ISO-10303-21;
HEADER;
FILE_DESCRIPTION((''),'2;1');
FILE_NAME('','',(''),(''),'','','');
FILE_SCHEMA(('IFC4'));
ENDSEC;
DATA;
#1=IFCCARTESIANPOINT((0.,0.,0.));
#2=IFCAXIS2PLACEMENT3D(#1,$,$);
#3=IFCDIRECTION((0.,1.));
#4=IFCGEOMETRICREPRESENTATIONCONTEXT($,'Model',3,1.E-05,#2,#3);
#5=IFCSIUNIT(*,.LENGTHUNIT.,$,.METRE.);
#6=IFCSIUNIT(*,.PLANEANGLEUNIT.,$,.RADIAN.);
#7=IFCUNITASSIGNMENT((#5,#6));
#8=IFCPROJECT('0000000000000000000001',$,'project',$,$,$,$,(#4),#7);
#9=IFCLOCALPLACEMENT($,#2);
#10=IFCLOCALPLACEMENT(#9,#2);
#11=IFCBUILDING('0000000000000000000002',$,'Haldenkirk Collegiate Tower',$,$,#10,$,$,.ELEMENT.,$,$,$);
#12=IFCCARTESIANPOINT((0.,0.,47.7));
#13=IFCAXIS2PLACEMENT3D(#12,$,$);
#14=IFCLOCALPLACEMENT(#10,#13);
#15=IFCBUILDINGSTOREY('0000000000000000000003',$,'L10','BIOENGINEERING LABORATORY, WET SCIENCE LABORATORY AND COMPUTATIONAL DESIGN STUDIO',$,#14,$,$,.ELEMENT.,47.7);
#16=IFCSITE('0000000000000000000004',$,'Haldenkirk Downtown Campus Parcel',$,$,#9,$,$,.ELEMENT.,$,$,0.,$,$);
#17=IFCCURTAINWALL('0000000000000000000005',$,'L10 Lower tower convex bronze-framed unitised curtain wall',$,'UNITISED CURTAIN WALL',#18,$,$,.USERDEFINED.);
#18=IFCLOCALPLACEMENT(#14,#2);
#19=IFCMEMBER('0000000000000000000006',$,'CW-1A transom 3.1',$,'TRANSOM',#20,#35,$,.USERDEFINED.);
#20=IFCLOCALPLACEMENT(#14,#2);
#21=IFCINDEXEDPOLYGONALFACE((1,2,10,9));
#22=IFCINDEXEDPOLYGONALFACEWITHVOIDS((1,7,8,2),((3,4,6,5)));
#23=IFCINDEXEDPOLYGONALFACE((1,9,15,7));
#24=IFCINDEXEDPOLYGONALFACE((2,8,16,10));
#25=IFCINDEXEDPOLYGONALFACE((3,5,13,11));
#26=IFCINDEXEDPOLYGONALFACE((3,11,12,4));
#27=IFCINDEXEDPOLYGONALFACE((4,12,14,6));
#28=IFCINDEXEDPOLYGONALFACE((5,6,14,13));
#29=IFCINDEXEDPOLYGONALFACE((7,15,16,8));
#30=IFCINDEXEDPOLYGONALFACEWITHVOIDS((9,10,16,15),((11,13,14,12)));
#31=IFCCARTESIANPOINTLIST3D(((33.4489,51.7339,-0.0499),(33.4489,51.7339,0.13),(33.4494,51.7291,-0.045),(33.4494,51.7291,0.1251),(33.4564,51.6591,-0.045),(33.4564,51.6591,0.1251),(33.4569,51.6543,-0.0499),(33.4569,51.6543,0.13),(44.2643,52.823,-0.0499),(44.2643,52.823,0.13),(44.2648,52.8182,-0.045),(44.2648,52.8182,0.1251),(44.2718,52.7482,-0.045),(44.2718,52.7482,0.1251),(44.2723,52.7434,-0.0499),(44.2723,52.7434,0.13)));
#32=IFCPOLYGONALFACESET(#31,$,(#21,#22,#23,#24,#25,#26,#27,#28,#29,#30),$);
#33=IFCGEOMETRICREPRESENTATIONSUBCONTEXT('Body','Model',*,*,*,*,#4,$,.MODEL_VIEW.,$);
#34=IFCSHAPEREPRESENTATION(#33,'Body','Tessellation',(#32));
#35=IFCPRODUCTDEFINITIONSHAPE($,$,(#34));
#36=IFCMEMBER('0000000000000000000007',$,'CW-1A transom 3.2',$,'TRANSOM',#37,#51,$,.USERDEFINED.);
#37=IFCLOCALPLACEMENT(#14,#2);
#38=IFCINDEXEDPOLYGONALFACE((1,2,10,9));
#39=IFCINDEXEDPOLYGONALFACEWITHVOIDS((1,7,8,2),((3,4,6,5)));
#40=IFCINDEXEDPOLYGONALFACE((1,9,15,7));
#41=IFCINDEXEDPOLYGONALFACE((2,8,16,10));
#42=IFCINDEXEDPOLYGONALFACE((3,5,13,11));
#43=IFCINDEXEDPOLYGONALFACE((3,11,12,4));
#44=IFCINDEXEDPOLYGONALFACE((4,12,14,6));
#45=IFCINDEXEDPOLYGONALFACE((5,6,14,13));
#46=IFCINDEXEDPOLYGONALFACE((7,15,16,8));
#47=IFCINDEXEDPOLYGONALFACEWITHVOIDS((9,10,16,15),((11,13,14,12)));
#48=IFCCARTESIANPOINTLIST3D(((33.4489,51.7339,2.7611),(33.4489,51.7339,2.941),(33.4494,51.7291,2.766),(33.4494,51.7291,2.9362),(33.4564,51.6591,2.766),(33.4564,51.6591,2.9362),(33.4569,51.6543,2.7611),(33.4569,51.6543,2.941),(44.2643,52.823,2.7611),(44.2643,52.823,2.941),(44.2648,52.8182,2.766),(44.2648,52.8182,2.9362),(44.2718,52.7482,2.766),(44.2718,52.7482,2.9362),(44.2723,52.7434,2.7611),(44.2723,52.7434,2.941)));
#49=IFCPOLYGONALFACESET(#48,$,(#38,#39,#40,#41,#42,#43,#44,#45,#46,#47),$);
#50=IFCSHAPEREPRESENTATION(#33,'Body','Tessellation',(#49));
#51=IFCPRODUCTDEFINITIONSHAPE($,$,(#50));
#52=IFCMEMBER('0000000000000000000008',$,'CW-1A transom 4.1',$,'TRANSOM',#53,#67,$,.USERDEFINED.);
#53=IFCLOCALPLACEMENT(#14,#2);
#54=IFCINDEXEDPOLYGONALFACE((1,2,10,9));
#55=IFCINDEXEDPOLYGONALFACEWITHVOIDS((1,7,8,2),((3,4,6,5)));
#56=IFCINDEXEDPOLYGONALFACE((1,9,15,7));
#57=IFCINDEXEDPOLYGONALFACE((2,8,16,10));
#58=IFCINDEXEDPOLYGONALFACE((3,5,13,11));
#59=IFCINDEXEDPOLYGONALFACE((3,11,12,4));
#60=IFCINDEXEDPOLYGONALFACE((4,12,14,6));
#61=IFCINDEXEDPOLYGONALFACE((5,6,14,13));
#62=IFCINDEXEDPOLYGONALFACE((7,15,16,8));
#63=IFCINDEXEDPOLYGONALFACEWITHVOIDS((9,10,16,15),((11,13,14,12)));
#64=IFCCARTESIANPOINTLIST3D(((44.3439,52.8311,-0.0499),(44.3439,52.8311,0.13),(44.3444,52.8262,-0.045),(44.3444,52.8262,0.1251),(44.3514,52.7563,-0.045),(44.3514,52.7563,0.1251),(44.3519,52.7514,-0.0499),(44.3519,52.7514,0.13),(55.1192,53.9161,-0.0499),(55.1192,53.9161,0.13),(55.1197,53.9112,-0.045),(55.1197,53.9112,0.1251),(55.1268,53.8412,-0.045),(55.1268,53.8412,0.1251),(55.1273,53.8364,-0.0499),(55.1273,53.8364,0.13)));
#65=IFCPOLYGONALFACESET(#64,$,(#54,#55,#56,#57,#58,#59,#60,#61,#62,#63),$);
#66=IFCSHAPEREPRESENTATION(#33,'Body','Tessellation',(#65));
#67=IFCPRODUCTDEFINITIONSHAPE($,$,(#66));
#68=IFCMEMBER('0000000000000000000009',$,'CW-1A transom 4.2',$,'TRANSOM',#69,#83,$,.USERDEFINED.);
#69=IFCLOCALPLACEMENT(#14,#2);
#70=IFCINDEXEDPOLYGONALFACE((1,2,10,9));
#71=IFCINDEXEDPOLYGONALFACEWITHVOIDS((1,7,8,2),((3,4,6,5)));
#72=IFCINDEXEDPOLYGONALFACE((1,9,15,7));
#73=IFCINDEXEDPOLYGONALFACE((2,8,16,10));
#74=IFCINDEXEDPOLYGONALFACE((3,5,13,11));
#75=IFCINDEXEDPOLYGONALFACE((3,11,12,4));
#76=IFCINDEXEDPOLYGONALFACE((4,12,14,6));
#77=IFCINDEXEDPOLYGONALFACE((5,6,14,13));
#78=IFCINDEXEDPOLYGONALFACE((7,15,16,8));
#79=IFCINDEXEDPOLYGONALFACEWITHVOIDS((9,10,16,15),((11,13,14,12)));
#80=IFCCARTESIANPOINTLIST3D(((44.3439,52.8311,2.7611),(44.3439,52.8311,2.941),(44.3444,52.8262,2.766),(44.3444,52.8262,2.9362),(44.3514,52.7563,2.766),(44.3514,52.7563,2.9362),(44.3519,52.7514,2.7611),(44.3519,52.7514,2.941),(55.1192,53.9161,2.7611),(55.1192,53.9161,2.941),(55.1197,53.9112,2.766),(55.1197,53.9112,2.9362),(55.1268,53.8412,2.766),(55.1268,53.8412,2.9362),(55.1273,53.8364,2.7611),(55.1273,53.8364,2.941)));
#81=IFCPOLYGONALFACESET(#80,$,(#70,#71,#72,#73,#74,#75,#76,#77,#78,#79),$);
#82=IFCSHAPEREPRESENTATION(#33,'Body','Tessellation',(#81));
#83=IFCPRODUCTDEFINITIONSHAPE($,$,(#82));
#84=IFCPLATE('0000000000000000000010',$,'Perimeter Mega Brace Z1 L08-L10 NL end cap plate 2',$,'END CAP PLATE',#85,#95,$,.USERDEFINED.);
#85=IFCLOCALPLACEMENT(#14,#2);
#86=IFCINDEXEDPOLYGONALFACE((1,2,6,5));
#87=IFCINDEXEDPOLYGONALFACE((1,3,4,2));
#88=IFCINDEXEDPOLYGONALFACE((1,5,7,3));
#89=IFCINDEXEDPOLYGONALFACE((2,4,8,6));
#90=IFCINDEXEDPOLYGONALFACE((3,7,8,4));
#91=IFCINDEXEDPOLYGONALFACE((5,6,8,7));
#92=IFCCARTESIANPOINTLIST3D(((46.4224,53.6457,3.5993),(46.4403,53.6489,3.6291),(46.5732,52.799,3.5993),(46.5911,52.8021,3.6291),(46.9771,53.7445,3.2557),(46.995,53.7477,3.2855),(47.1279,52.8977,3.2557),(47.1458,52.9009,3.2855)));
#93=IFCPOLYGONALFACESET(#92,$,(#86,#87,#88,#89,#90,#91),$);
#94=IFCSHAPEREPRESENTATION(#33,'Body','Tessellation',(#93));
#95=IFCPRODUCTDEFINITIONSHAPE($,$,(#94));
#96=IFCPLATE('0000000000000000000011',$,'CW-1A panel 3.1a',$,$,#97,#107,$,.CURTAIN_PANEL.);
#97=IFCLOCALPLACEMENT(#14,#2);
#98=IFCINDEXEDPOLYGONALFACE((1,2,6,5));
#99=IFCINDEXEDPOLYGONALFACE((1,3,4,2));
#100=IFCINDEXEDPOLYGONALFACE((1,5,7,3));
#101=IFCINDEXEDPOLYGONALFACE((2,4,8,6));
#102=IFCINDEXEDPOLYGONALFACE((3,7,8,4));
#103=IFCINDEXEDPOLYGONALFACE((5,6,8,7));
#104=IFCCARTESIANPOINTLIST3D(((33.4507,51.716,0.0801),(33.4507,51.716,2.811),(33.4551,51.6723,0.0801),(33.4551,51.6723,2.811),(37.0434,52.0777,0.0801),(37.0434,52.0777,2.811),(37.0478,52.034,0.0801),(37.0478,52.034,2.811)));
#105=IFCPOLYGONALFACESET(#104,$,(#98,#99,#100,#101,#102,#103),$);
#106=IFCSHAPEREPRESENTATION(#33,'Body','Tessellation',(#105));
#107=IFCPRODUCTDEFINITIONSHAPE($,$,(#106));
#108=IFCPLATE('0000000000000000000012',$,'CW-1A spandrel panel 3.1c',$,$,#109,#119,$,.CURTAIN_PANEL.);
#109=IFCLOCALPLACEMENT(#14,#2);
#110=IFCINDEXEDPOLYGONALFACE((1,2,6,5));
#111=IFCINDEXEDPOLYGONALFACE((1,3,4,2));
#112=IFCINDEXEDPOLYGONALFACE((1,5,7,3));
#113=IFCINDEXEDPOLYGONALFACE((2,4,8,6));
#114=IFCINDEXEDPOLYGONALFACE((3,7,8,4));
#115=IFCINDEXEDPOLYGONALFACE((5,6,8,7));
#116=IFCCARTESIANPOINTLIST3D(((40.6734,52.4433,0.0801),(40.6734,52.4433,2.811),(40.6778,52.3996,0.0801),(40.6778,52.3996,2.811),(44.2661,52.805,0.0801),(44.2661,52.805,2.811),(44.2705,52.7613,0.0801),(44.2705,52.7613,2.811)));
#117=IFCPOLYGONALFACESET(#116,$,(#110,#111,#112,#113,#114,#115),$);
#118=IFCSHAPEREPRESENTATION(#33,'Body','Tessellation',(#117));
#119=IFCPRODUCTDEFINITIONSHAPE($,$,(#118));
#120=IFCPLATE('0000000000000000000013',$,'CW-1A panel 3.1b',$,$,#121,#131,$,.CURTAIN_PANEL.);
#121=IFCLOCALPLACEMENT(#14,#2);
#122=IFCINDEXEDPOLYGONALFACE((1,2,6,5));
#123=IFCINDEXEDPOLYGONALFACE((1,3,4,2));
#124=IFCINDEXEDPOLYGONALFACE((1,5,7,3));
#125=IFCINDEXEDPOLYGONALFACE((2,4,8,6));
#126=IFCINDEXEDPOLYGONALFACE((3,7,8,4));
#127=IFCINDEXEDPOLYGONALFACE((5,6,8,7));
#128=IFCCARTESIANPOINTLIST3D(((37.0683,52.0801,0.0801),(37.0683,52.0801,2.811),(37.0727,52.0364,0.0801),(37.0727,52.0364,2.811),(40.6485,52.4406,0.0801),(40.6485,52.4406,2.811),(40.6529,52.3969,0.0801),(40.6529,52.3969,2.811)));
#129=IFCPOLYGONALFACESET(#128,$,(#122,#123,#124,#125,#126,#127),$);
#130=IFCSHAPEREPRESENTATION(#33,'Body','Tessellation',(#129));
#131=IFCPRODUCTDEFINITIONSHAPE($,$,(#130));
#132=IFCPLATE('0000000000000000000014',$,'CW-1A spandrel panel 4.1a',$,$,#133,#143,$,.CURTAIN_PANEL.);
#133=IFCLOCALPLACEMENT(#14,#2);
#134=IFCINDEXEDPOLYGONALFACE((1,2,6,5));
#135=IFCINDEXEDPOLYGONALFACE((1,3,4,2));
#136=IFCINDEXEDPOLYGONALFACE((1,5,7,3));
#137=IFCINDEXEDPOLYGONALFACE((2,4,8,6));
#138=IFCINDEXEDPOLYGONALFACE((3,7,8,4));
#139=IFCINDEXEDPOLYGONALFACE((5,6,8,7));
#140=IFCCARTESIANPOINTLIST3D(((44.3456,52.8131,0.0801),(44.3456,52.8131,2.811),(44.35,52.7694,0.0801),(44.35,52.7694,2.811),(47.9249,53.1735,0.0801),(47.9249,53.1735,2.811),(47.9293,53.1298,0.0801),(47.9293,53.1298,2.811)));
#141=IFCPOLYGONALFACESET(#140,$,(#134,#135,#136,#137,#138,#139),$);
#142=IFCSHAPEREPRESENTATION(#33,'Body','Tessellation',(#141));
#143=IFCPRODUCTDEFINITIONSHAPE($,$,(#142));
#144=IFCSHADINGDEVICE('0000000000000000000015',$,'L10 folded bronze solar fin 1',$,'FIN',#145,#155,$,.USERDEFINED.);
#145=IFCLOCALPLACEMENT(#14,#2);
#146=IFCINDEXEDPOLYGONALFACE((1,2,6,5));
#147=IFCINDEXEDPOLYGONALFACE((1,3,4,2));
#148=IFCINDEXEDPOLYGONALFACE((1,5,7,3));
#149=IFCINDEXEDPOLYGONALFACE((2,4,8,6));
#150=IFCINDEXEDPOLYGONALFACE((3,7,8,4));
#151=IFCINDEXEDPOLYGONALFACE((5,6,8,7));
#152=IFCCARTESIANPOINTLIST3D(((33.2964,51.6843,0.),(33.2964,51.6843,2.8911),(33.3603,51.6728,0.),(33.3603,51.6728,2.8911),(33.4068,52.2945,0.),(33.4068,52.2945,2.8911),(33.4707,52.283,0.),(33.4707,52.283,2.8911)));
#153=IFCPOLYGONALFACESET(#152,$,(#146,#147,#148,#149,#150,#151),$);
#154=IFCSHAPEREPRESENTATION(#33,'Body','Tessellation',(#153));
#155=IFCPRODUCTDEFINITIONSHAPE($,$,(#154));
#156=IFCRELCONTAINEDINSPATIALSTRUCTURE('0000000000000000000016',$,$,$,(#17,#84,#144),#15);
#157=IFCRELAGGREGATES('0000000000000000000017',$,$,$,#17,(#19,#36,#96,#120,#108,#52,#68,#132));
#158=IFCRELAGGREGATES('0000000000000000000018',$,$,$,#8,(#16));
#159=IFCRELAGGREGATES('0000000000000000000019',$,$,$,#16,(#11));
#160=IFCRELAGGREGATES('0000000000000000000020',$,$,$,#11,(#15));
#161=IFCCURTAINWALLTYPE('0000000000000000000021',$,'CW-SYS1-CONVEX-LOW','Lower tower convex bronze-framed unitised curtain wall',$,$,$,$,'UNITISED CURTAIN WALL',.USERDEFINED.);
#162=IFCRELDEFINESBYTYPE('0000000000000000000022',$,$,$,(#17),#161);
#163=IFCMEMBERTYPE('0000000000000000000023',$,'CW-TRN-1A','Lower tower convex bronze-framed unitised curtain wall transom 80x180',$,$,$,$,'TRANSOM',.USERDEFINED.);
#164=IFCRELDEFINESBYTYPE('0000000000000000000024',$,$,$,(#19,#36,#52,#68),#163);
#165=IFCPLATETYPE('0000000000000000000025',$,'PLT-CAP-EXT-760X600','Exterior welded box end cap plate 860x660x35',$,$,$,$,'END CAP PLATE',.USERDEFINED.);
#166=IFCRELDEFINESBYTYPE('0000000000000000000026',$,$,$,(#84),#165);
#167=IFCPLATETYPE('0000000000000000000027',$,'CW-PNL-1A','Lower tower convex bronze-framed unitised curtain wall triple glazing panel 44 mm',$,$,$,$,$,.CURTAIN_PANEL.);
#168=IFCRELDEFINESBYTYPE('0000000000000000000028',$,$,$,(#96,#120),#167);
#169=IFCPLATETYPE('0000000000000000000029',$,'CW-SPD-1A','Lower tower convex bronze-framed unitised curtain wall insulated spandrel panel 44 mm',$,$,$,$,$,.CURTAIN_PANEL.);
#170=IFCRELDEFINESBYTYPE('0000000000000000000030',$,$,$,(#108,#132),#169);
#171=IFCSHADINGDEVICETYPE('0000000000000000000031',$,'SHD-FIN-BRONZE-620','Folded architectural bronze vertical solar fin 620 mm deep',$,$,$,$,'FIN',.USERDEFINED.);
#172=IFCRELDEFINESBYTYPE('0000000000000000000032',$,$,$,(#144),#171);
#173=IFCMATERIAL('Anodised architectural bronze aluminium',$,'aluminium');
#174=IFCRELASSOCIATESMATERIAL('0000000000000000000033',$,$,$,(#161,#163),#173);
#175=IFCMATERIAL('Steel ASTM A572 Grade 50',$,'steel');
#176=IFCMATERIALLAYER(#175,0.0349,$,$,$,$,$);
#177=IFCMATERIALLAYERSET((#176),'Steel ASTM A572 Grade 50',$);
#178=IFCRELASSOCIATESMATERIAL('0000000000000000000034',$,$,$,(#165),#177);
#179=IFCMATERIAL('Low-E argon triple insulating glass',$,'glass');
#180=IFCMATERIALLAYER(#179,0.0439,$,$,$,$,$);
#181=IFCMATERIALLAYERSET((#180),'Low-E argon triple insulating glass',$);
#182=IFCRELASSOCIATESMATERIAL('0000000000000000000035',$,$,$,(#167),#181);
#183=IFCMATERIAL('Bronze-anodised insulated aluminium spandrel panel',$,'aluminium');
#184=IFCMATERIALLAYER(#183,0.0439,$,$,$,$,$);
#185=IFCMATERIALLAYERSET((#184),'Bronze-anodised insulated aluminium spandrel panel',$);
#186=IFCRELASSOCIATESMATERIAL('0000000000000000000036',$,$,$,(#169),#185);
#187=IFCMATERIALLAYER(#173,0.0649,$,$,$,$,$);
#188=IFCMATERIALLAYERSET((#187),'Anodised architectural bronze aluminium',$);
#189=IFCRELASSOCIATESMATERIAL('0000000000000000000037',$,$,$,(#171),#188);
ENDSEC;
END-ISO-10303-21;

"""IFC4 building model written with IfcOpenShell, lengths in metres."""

from ifc_helpers import new_model, si_unit, direction, frame, origin, origin_2d, place, context, subcontext, project, spatial, rectangle, hollow_rectangle, extrude, source, transform, mapped, material, layer, layer_set, material_profile, profile_set, type_object, element, aggregate, save


model = new_model("IFC4")

# Units and contexts
model_context = context("Model", 3, precision=1e-05, world=origin(), true_north=direction((0.0, 1.0)))
body_context = subcontext(model_context, "Body", "Model", "MODEL_VIEW")
ifc_project = project(units=[si_unit("LENGTHUNIT", "METRE"), si_unit("PLANEANGLEUNIT", "RADIAN")], contexts=[model_context])

# Site, building, storey
site_placement = place(None, origin())
site = spatial("IfcSite", under=ifc_project, at=site_placement, Name="Haldenkirk Downtown Campus Parcel", CompositionType="ELEMENT", RefElevation=0.0)
building_placement = place(site_placement, origin())
building = spatial("IfcBuilding", under=site, at=building_placement, Name="Haldenkirk Collegiate Tower", CompositionType="ELEMENT")
storey_placement = place(building_placement, frame((0.0, 0.0, 47.7)))
storey = spatial("IfcBuildingStorey", under=building, at=storey_placement, Name="L10", Description="BIOENGINEERING LABORATORY, WET SCIENCE LABORATORY AND COMPUTATIONAL DESIGN STUDIO", CompositionType="ELEMENT", Elevation=47.7)

# Curtain wall, members
ifc_material_1 = material(Name="Anodised architectural bronze aluminium", Category="aluminium")
curtain_wall_type = type_object("IfcCurtainWallType", Name="CW-SYS1-CONVEX-LOW", Description="Lower tower convex bronze-framed unitised curtain wall", ElementType="UNITISED CURTAIN WALL", PredefinedType="USERDEFINED", material=ifc_material_1)
curtain_wall_placement = place(storey_placement, origin())
curtain_wall = element("IfcCurtainWall", 1, at=curtain_wall_placement, inside=storey, type_object=curtain_wall_type, Name="L10 Lower tower convex bronze-framed unitised curtain wall", ObjectType="UNITISED CURTAIN WALL", PredefinedType="USERDEFINED")
ifc_material_profile_1 = material_profile(ifc_material_1, hollow_rectangle(XDim=0.0801, YDim=0.1799, WallThickness=0.0049, at=origin_2d()), Name="CW-TRN-1A")
ifc_profile_set_1 = profile_set([ifc_material_profile_1], Name="Anodised architectural bronze aluminium")
member_type_1 = type_object("IfcMemberType", Name="CW-TRN-1A", Description="Lower tower convex bronze-framed unitised curtain wall transom 80x180", ElementType="TRANSOM", PredefinedType="USERDEFINED", material=ifc_profile_set_1)
member_1_placement = place(storey_placement, frame((33.4529, 51.6941, 0.04), z_axis=(0.994968, 0.100193, 0.0), x_axis=(-0.100193, 0.994968, 0.0)))
member_1 = element("IfcMember", 2, at=member_1_placement, type_object=member_type_1, Name="CW-1A transom 3.1", ObjectType="TRANSOM", PredefinedType="USERDEFINED", context=body_context, shape_type="SweptSolid", body=[
    extrude(hollow_rectangle(XDim=0.0801, YDim=0.1799, WallThickness=0.0049, at=origin_2d()), origin(), (0.0, 0.0, 1.0), 10.8701),
])
member_2_placement = place(storey_placement, frame((33.4529, 51.6941, 2.8511), z_axis=(0.994968, 0.100193, 0.0), x_axis=(-0.100193, 0.994968, 0.0)))
member_2 = element("IfcMember", 3, at=member_2_placement, type_object=member_type_1, Name="CW-1A transom 3.2", ObjectType="TRANSOM", PredefinedType="USERDEFINED", context=body_context, shape_type="SweptSolid", body=[
    extrude(hollow_rectangle(XDim=0.0801, YDim=0.1799, WallThickness=0.0049, at=origin_2d()), origin(), (0.0, 0.0, 1.0), 10.8701),
])
member_3_placement = place(storey_placement, frame((44.3479, 52.7913, 0.04), z_axis=(0.994969, 0.100182, 0.0), x_axis=(-0.100182, 0.994969, 0.0)))
member_3 = element("IfcMember", 4, at=member_3_placement, type_object=member_type_1, Name="CW-1A transom 4.1", ObjectType="TRANSOM", PredefinedType="USERDEFINED", context=body_context, shape_type="SweptSolid", body=[
    extrude(hollow_rectangle(XDim=0.0801, YDim=0.1799, WallThickness=0.0049, at=origin_2d()), origin(), (0.0, 0.0, 1.0), 10.8298),
])
member_4_placement = place(storey_placement, frame((44.3479, 52.7913, 2.8511), z_axis=(0.994969, 0.100182, 0.0), x_axis=(-0.100182, 0.994969, 0.0)))
member_4 = element("IfcMember", 5, at=member_4_placement, type_object=member_type_1, Name="CW-1A transom 4.2", ObjectType="TRANSOM", PredefinedType="USERDEFINED", context=body_context, shape_type="SweptSolid", body=[
    extrude(hollow_rectangle(XDim=0.0801, YDim=0.1799, WallThickness=0.0049, at=origin_2d()), origin(), (0.0, 0.0, 1.0), 10.8298),
])

# Plates
ifc_material_2 = material(Name="Steel ASTM A572 Grade 50", Category="steel")
ifc_layer_1 = layer(ifc_material_2, 0.0349)
ifc_layer_set_1 = layer_set([ifc_layer_1], Name="Steel ASTM A572 Grade 50")
plate_type_1 = type_object("IfcPlateType", Name="PLT-CAP-EXT-760X600", Description="Exterior welded box end cap plate 860x660x35", ElementType="END CAP PLATE", PredefinedType="USERDEFINED", material=ifc_layer_set_1)
shared_shape_1 = source(origin(), body_context, "Body", "SweptSolid", [
    extrude(rectangle(XDim=0.8601, YDim=0.6599, at=origin_2d()), origin(), (0.0, 0.0, 1.0), 0.0349),
])
plate_1_placement = place(storey_placement, frame((46.7751, 53.2717, 3.4275), z_axis=(0.512677, 0.091291, 0.853715), x_axis=(-0.175309, 0.984513, 0.0)))
element("IfcPlate", 6, at=plate_1_placement, inside=storey, type_object=plate_type_1, Name="Perimeter Mega Brace Z1 L08-L10 NL end cap plate 2", ObjectType="END CAP PLATE", PredefinedType="USERDEFINED", context=body_context, shape_type="MappedRepresentation", body=[
    mapped(shared_shape_1, transform((0.0, 0.0, 0.0), x_axis=(1.0, 0.0, 0.0), y_axis=(0.0, 1.0, 0.0), z_axis=(0.0, 0.0, 1.0), scale=1.0)),
])
ifc_material_3 = material(Name="Low-E argon triple insulating glass", Category="glass")
ifc_layer_2 = layer(ifc_material_3, 0.0439)
ifc_layer_set_2 = layer_set([ifc_layer_2], Name="Low-E argon triple insulating glass")
plate_type_2 = type_object("IfcPlateType", Name="CW-PNL-1A", Description="Lower tower convex bronze-framed unitised curtain wall triple glazing panel 44 mm", PredefinedType="CURTAIN_PANEL", material=ifc_layer_set_2)
shared_shape_2 = source(origin(), body_context, "Body", "SweptSolid", [
    extrude(rectangle(XDim=3.6108, YDim=0.0439, at=origin_2d()), origin(), (0.0, 0.0, 1.0), 2.731),
])
plate_2_placement = place(storey_placement, frame((35.2493, 51.875, 0.0801), z_axis=(0.0, 0.0, 1.0), x_axis=(0.994969, 0.100187, 0.0)))
plate_2 = element("IfcPlate", 7, at=plate_2_placement, type_object=plate_type_2, Name="CW-1A panel 3.1a", PredefinedType="CURTAIN_PANEL", context=body_context, shape_type="MappedRepresentation", body=[
    mapped(shared_shape_2, transform((0.0, 0.0, 0.0), x_axis=(1.0, 0.0, 0.0), y_axis=(0.0, 1.0, 0.0), z_axis=(0.0, 0.0, 1.0), scale=1.0)),
])
ifc_material_4 = material(Name="Bronze-anodised insulated aluminium spandrel panel", Category="aluminium")
ifc_layer_3 = layer(ifc_material_4, 0.0439)
ifc_layer_set_3 = layer_set([ifc_layer_3], Name="Bronze-anodised insulated aluminium spandrel panel")
plate_type_3 = type_object("IfcPlateType", Name="CW-SPD-1A", Description="Lower tower convex bronze-framed unitised curtain wall insulated spandrel panel 44 mm", PredefinedType="CURTAIN_PANEL", material=ifc_layer_set_3)
plate_3_placement = place(storey_placement, frame((42.4719, 52.6023, 0.0801), z_axis=(0.0, 0.0, 1.0), x_axis=(0.994969, 0.100187, 0.0)))
plate_3 = element("IfcPlate", 8, at=plate_3_placement, type_object=plate_type_3, Name="CW-1A spandrel panel 3.1c", PredefinedType="CURTAIN_PANEL", context=body_context, shape_type="MappedRepresentation", body=[
    mapped(shared_shape_2, transform((0.0, 0.0, 0.0), x_axis=(1.0, 0.0, 0.0), y_axis=(0.0, 1.0, 0.0), z_axis=(0.0, 0.0, 1.0), scale=1.0)),
])
shared_shape_3 = source(origin(), body_context, "Body", "SweptSolid", [
    extrude(rectangle(XDim=3.5984, YDim=0.0439, at=origin_2d()), origin(), (0.0, 0.0, 1.0), 2.731),
])
plate_4_placement = place(storey_placement, frame((38.8606, 52.2385, 0.0801), z_axis=(0.0, 0.0, 1.0), x_axis=(0.994969, 0.100187, 0.0)))
plate_4 = element("IfcPlate", 9, at=plate_4_placement, type_object=plate_type_2, Name="CW-1A panel 3.1b", PredefinedType="CURTAIN_PANEL", context=body_context, shape_type="MappedRepresentation", body=[
    mapped(shared_shape_3, transform((0.0, 0.0, 0.0), x_axis=(1.0, 0.0, 0.0), y_axis=(0.0, 1.0, 0.0), z_axis=(0.0, 0.0, 1.0), scale=1.0)),
])
shared_shape_4 = source(origin(), body_context, "Body", "SweptSolid", [
    extrude(rectangle(XDim=3.5974, YDim=0.0439, at=origin_2d()), origin(), (0.0, 0.0, 1.0), 2.731),
])
plate_5_placement = place(storey_placement, frame((46.1375, 52.9714, 0.0801), z_axis=(0.0, 0.0, 1.0), x_axis=(0.994969, 0.100187, 0.0)))
plate_5 = element("IfcPlate", 10, at=plate_5_placement, type_object=plate_type_3, Name="CW-1A spandrel panel 4.1a", PredefinedType="CURTAIN_PANEL", context=body_context, shape_type="MappedRepresentation", body=[
    mapped(shared_shape_4, transform((0.0, 0.0, 0.0), x_axis=(1.0, 0.0, 0.0), y_axis=(0.0, 1.0, 0.0), z_axis=(0.0, 0.0, 1.0), scale=1.0)),
])
aggregate(curtain_wall, [member_1, member_2, plate_2, plate_4, plate_3, member_3, member_4, plate_5])

# Shading device
ifc_layer_4 = layer(ifc_material_1, 0.0649)
ifc_layer_set_4 = layer_set([ifc_layer_4], Name="Anodised architectural bronze aluminium")
shading_device_type = type_object("IfcShadingDeviceType", Name="SHD-FIN-BRONZE-620", Description="Folded architectural bronze vertical solar fin 620 mm deep", ElementType="FIN", PredefinedType="USERDEFINED", material=ifc_layer_set_4)
shared_shape_5 = source(origin(), body_context, "Body", "SweptSolid", [
    extrude(rectangle(XDim=0.6201, YDim=0.0649, at=origin_2d()), origin(), (0.0, 0.0, 1.0), 2.8911),
])
shading_device_placement = place(storey_placement, frame((33.3835, 51.9836, 0.0), z_axis=(0.0, 0.0, 1.0), x_axis=(0.177944, 0.984041, 0.0)))
element("IfcShadingDevice", 11, at=shading_device_placement, inside=storey, type_object=shading_device_type, Name="L10 folded bronze solar fin 1", ObjectType="FIN", PredefinedType="USERDEFINED", context=body_context, shape_type="MappedRepresentation", body=[
    mapped(shared_shape_5, transform((0.0, 0.0, 0.0), x_axis=(1.0, 0.0, 0.0), y_axis=(0.0, 1.0, 0.0), z_axis=(0.0, 0.0, 1.0), scale=1.0)),
])

save(model, "model.ifc")
